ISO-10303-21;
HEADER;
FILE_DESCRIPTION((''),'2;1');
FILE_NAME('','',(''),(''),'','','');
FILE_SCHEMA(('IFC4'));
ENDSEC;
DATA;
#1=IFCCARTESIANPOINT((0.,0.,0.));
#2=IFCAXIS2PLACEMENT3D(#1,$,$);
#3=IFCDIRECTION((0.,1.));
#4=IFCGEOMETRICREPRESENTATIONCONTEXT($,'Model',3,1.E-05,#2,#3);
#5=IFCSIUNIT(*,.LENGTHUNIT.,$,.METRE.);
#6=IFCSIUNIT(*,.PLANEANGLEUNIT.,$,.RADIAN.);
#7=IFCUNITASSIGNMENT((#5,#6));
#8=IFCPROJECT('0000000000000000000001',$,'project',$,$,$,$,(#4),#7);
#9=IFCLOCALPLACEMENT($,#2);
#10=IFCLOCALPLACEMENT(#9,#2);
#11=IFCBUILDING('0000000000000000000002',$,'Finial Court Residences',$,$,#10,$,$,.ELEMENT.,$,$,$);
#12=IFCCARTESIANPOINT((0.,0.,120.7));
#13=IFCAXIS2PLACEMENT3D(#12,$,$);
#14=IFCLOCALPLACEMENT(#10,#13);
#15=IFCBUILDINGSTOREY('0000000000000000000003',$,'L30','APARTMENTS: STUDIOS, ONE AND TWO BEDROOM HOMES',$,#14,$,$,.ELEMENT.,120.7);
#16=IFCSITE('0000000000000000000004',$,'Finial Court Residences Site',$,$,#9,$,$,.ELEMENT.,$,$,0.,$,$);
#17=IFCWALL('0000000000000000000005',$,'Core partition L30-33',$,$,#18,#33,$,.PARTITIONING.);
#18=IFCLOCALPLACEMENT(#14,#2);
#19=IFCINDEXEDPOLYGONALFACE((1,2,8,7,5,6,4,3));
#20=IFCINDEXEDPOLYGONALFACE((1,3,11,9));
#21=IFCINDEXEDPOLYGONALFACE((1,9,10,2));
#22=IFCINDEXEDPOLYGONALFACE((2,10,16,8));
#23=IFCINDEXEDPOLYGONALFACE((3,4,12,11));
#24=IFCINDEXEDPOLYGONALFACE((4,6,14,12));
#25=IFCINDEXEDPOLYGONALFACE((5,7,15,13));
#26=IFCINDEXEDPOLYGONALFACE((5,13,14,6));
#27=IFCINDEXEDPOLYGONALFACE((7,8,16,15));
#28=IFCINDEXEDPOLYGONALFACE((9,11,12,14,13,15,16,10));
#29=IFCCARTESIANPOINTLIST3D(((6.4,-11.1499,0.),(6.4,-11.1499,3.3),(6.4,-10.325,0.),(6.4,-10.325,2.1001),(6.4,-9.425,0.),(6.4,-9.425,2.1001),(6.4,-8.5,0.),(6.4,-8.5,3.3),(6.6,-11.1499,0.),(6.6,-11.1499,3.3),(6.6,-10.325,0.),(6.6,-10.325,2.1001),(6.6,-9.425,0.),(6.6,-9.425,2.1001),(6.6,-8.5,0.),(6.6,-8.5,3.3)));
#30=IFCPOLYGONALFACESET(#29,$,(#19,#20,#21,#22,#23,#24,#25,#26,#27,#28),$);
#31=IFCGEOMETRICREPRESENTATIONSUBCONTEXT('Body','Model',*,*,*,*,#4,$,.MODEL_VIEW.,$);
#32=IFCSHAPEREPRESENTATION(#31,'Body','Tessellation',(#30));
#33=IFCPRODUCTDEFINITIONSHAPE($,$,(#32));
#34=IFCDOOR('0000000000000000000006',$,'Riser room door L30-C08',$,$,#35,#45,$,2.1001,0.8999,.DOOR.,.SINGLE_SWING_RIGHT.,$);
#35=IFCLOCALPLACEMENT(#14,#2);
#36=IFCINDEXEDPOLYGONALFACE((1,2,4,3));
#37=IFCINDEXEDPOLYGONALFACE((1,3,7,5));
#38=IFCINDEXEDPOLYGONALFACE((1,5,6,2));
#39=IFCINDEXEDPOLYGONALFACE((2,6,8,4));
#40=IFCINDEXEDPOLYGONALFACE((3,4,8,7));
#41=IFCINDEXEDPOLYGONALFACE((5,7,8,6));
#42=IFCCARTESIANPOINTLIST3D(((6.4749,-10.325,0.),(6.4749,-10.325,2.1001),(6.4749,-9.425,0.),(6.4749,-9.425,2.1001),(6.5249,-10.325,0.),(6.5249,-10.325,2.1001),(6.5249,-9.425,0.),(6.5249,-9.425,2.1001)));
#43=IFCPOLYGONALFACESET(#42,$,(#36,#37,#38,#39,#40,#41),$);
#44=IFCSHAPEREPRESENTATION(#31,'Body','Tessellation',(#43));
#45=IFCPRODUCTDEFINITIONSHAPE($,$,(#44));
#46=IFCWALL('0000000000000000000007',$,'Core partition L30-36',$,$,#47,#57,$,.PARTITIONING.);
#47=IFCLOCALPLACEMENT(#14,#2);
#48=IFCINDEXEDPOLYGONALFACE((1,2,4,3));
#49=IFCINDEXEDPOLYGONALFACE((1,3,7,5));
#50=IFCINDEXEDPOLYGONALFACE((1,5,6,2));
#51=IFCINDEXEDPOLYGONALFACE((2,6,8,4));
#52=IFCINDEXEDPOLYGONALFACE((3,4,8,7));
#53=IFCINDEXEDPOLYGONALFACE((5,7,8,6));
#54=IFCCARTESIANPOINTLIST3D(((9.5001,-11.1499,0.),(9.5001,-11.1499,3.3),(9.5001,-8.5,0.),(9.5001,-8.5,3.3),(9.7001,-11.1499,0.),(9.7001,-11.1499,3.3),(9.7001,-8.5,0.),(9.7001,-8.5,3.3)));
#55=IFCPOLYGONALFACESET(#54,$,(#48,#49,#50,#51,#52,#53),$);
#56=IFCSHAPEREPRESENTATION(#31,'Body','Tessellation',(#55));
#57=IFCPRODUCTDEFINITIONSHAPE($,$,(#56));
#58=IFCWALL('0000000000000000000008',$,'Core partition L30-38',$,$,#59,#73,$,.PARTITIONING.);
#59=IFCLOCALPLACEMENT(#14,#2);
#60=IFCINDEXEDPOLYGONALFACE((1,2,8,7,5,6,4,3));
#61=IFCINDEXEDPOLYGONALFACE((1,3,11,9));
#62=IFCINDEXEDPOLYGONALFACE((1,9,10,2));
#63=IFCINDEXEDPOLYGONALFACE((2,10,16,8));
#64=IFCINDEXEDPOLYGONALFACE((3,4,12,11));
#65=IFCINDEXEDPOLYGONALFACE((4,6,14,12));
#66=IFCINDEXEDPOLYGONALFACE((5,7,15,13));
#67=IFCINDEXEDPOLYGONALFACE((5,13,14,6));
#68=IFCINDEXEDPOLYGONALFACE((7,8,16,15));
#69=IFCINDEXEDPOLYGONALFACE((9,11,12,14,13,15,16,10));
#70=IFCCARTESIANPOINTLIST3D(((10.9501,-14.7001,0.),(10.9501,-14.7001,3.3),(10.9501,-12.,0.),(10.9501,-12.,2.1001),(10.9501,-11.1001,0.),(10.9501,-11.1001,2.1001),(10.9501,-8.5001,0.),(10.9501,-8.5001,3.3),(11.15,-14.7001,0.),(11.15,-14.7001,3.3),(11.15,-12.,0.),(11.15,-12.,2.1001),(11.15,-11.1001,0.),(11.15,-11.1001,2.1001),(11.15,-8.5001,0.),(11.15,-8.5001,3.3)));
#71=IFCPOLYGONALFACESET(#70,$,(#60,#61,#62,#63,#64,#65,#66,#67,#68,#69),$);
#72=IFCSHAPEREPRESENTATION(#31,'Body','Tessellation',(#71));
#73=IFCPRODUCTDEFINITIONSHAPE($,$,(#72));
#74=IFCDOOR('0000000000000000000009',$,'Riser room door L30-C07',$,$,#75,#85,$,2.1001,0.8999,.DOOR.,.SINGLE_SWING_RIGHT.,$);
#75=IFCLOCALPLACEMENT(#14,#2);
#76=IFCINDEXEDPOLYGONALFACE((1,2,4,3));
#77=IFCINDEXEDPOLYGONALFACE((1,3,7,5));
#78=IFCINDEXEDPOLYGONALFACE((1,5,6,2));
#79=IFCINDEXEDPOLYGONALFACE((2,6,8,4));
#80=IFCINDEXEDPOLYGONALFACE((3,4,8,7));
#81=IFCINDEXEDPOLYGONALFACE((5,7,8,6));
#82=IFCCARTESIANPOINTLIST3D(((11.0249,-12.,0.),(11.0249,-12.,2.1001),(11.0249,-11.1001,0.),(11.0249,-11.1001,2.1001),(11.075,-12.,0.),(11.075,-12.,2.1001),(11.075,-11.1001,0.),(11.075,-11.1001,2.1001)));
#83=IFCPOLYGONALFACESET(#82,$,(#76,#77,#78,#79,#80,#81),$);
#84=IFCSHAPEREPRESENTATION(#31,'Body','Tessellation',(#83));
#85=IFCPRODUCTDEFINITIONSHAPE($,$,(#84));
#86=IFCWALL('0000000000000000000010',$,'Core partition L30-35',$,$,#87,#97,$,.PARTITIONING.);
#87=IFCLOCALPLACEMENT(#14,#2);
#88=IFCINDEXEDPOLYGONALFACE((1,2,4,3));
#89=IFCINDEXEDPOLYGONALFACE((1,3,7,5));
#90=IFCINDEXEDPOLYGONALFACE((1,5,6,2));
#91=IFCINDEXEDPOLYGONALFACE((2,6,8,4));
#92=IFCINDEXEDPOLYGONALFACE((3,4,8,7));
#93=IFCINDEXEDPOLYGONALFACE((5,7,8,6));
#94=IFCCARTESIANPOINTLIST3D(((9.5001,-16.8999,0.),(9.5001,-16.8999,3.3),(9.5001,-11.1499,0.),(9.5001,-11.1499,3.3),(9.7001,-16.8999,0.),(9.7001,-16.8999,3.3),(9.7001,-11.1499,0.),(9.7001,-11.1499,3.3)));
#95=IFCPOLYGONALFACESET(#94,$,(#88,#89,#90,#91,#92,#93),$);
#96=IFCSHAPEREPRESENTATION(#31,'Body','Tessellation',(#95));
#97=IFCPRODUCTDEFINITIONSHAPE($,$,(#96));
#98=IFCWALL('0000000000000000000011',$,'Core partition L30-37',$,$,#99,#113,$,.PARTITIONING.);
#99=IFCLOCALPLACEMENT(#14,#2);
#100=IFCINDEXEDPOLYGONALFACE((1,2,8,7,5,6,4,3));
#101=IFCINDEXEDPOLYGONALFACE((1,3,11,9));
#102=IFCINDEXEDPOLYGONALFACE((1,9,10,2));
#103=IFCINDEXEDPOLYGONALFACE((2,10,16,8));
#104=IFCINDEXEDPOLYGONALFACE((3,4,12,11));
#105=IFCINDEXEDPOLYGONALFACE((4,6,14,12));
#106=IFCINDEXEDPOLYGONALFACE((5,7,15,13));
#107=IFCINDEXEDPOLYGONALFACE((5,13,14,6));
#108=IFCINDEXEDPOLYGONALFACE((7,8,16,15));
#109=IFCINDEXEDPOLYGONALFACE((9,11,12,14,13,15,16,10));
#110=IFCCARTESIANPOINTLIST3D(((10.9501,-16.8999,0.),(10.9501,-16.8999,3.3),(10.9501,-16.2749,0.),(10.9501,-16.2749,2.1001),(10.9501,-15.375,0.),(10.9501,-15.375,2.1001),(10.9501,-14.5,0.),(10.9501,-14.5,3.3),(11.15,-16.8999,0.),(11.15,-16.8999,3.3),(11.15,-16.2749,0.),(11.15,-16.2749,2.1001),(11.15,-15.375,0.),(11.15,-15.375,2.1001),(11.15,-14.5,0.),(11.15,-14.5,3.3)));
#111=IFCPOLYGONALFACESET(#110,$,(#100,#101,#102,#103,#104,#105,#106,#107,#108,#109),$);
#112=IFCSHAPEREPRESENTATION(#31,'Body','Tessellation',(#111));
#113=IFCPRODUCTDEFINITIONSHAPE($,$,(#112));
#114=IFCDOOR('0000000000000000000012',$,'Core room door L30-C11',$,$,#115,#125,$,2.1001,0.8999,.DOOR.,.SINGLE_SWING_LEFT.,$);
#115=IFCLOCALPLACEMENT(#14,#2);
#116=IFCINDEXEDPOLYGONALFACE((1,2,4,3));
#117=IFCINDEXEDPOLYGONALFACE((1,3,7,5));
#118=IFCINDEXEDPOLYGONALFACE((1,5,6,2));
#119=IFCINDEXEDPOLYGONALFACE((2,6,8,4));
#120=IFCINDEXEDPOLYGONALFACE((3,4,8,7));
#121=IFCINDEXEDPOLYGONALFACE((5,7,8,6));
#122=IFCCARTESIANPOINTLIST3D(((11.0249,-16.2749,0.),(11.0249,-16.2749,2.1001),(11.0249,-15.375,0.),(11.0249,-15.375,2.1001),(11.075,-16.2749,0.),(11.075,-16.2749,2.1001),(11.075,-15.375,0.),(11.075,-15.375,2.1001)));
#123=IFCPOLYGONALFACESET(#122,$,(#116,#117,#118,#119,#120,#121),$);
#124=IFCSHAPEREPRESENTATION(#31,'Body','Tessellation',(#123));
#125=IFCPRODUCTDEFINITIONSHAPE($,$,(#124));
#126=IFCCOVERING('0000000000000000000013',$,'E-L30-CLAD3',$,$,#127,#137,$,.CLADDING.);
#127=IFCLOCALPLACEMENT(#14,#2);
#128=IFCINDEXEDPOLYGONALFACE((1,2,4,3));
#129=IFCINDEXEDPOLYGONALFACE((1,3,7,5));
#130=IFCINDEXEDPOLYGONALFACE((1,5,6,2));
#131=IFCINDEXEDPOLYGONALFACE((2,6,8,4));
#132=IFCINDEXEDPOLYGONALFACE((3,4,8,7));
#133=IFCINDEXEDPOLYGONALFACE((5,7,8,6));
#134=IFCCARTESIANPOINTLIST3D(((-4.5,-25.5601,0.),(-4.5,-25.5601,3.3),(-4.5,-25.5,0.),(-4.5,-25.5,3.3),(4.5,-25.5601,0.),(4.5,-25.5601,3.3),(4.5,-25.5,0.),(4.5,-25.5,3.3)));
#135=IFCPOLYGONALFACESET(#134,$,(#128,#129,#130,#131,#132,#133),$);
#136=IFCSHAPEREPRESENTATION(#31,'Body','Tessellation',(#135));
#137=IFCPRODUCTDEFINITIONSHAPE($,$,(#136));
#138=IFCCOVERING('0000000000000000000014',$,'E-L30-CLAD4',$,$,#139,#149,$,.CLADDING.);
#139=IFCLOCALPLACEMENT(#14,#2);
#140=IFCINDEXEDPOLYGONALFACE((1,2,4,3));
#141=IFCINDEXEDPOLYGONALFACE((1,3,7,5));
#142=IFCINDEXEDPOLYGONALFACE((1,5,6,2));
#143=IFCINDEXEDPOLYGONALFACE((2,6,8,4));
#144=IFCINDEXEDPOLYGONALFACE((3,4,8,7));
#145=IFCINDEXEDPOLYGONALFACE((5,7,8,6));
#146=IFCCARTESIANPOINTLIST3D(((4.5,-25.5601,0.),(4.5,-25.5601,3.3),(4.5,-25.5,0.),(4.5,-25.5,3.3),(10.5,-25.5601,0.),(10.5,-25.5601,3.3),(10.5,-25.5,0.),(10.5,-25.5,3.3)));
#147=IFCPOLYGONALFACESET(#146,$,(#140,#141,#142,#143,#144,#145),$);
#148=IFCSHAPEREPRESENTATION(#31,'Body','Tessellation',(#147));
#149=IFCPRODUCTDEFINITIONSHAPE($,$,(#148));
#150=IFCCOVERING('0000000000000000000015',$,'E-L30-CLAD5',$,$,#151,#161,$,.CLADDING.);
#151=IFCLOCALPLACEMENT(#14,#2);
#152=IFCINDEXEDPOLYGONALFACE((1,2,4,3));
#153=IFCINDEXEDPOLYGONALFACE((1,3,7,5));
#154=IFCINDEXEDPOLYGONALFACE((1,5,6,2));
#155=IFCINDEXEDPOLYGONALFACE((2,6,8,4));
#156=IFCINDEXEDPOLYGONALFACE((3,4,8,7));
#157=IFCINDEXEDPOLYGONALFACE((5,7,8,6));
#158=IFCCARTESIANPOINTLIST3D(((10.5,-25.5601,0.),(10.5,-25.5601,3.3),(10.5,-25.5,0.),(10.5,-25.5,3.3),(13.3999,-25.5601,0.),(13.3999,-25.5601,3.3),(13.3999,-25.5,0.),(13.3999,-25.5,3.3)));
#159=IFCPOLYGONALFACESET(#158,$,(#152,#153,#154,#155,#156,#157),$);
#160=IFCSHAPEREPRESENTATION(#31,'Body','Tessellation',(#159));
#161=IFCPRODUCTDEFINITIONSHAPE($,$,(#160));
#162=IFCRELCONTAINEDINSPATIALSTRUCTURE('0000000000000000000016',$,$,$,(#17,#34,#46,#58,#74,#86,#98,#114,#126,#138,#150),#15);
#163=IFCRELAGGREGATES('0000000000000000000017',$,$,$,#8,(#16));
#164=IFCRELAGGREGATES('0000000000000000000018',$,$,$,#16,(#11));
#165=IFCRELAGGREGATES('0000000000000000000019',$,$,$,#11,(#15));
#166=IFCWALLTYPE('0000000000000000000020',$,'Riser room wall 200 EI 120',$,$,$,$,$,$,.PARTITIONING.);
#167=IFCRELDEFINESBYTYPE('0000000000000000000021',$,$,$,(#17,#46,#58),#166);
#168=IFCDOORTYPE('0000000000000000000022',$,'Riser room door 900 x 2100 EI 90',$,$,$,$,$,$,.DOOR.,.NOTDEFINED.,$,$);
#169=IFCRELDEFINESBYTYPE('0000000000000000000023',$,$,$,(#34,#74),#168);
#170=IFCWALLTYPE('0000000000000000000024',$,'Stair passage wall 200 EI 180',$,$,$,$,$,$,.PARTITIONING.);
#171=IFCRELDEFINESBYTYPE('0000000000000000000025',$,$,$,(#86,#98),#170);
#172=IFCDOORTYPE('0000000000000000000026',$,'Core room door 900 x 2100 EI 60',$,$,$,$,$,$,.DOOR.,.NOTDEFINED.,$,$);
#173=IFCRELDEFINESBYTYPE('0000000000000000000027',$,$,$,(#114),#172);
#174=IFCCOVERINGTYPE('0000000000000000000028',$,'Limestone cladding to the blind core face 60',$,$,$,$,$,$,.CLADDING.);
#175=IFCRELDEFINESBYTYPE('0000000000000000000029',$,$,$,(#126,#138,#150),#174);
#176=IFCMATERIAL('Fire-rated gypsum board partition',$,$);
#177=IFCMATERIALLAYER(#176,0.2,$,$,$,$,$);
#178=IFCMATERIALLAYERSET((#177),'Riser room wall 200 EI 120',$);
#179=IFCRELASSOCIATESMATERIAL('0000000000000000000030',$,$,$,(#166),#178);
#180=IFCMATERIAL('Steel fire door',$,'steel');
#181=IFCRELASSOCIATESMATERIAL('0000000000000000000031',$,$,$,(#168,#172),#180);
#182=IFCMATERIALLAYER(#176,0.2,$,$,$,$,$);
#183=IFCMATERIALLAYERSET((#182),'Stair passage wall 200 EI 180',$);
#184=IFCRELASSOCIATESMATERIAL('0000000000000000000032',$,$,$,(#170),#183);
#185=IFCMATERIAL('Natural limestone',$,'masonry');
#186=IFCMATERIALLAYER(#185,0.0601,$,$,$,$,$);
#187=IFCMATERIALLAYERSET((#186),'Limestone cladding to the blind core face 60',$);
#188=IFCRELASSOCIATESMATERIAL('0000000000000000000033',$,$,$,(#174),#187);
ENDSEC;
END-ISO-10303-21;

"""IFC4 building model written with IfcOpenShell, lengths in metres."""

from ifc_helpers import new_model, si_unit, direction, frame, frame_2d, origin, place, context, subcontext, project, spatial, polyline, rectangle, outline, extrude, material, layer, layer_set, type_object, element, fill, save


model = new_model("IFC4")

# Units and contexts
model_context = context("Model", 3, precision=1e-05, world=origin(), true_north=direction((0.0, 1.0)))
body_context = subcontext(model_context, "Body", "Model", "MODEL_VIEW")
ifc_project = project(units=[si_unit("LENGTHUNIT", "METRE"), si_unit("PLANEANGLEUNIT", "RADIAN")], contexts=[model_context])

# Site, building, storey
site_placement = place(None, origin())
site = spatial("IfcSite", under=ifc_project, at=site_placement, Name="Finial Court Residences Site", CompositionType="ELEMENT", RefElevation=0.0)
building_placement = place(site_placement, origin())
building = spatial("IfcBuilding", under=site, at=building_placement, Name="Finial Court Residences", CompositionType="ELEMENT")
storey_placement = place(building_placement, frame((0.0, 0.0, 120.7)))
storey = spatial("IfcBuildingStorey", under=building, at=storey_placement, Name="L30", Description="APARTMENTS: STUDIOS, ONE AND TWO BEDROOM HOMES", CompositionType="ELEMENT", Elevation=120.7)

# Shared definitions
ifc_material_1 = material(Name="Fire-rated gypsum board partition")

# Shared definitions
ifc_material_2 = material(Name="Steel fire door", Category="steel")

# Shared definitions
ifc_layer_1 = layer(ifc_material_1, 0.2)
ifc_layer_set_1 = layer_set([ifc_layer_1], Name="Riser room wall 200 EI 120")
wall_type_1 = type_object("IfcWallType", Name="Riser room wall 200 EI 120", PredefinedType="PARTITIONING", material=ifc_layer_set_1)

# Wall, opening, door
wall_1_placement = place(storey_placement, frame((6.5, -8.5, 0.0), z_axis=(0.0, 0.0, 1.0), x_axis=(0.0, -1.0, 0.0)))
wall_1 = element("IfcWall", 1, at=wall_1_placement, inside=storey, type_object=wall_type_1, Name="Core partition L30-33", PredefinedType="PARTITIONING", context=body_context, shape_type="SweptSolid", body=[
    extrude(rectangle(XDim=2.6499, YDim=0.2, at=frame_2d((1.325, 0.0))), origin(), (0.0, 0.0, 1.0), 3.3),
])
opening_1_placement = place(wall_1_placement, frame((0.925, 0.0, 0.0)))
opening_1 = element("IfcOpeningElement", 2, at=opening_1_placement, cuts=wall_1, PredefinedType="OPENING", context=body_context, shape_type="SweptSolid", body=[
    extrude(rectangle(XDim=0.8999, YDim=2.1001, at=frame_2d((0.45, 1.05))), frame((0.0, 0.1099, 0.0), z_axis=(0.0, -1.0, 0.0), x_axis=(1.0, 0.0, 0.0)), (0.0, 0.0, 1.0), 0.22),
])
door_type_1 = type_object("IfcDoorType", Name="Riser room door 900 x 2100 EI 90", OperationType="NOTDEFINED", PredefinedType="DOOR", material=ifc_material_2)
door_1_placement = place(opening_1_placement, origin())
door_1 = element("IfcDoor", 3, at=door_1_placement, inside=storey, type_object=door_type_1, Name="Riser room door L30-C08", OperationType="SINGLE_SWING_RIGHT", OverallHeight=2.1001, OverallWidth=0.8999, PredefinedType="DOOR", context=body_context, shape_type="SweptSolid", body=[
    extrude(rectangle(XDim=0.8999, YDim=2.1001, at=frame_2d((0.45, 1.05))), frame((0.0, 0.0249, 0.0), z_axis=(0.0, -1.0, 0.0), x_axis=(1.0, 0.0, 0.0)), (0.0, 0.0, 1.0), 0.05),
])
fill(opening_1, door_1)

# Wall
wall_2_placement = place(storey_placement, frame((9.6001, -11.1499, 0.0), z_axis=(0.0, 0.0, 1.0), x_axis=(0.0, 1.0, 0.0)))
element("IfcWall", 4, at=wall_2_placement, inside=storey, type_object=wall_type_1, Name="Core partition L30-36", PredefinedType="PARTITIONING", context=body_context, shape_type="SweptSolid", body=[
    extrude(rectangle(XDim=2.6499, YDim=0.2, at=frame_2d((1.325, 0.0))), origin(), (0.0, 0.0, 1.0), 3.3),
])

# Wall, opening, door
wall_3_placement = place(storey_placement, frame((11.05, -8.5, 0.0), z_axis=(0.0, 0.0, 1.0), x_axis=(0.0, -1.0, 0.0)))
wall_3 = element("IfcWall", 5, at=wall_3_placement, inside=storey, type_object=wall_type_1, Name="Core partition L30-38", PredefinedType="PARTITIONING", context=body_context, shape_type="SweptSolid", body=[
    extrude(rectangle(XDim=6.2, YDim=0.2, at=frame_2d((3.1001, 0.0))), origin(), (0.0, 0.0, 1.0), 3.3),
])
opening_2_placement = place(wall_3_placement, frame((2.6001, 0.0, 0.0)))
opening_2 = element("IfcOpeningElement", 6, at=opening_2_placement, cuts=wall_3, PredefinedType="OPENING", context=body_context, shape_type="SweptSolid", body=[
    extrude(rectangle(XDim=0.8999, YDim=2.1001, at=frame_2d((0.45, 1.05))), frame((0.0, 0.1099, 0.0), z_axis=(0.0, -1.0, 0.0), x_axis=(1.0, 0.0, 0.0)), (0.0, 0.0, 1.0), 0.22),
])
door_2_placement = place(opening_2_placement, origin())
door_2 = element("IfcDoor", 7, at=door_2_placement, inside=storey, type_object=door_type_1, Name="Riser room door L30-C07", OperationType="SINGLE_SWING_RIGHT", OverallHeight=2.1001, OverallWidth=0.8999, PredefinedType="DOOR", context=body_context, shape_type="SweptSolid", body=[
    extrude(rectangle(XDim=0.8999, YDim=2.1001, at=frame_2d((0.45, 1.05))), frame((0.0, 0.0249, 0.0), z_axis=(0.0, -1.0, 0.0), x_axis=(1.0, 0.0, 0.0)), (0.0, 0.0, 1.0), 0.05),
])
fill(opening_2, door_2)

# Wall
ifc_layer_2 = layer(ifc_material_1, 0.2)
ifc_layer_set_2 = layer_set([ifc_layer_2], Name="Stair passage wall 200 EI 180")
wall_type_2 = type_object("IfcWallType", Name="Stair passage wall 200 EI 180", PredefinedType="PARTITIONING", material=ifc_layer_set_2)
wall_4_placement = place(storey_placement, frame((9.6001, -16.8999, 0.0), z_axis=(0.0, 0.0, 1.0), x_axis=(0.0, 1.0, 0.0)))
element("IfcWall", 8, at=wall_4_placement, inside=storey, type_object=wall_type_2, Name="Core partition L30-35", PredefinedType="PARTITIONING", context=body_context, shape_type="SweptSolid", body=[
    extrude(rectangle(XDim=5.75, YDim=0.2, at=frame_2d((2.875, 0.0))), origin(), (0.0, 0.0, 1.0), 3.3),
])

# Wall, opening, door
wall_5_placement = place(storey_placement, frame((11.05, -14.5, 0.0), z_axis=(0.0, 0.0, 1.0), x_axis=(0.0, -1.0, 0.0)))
wall_5 = element("IfcWall", 9, at=wall_5_placement, inside=storey, type_object=wall_type_2, Name="Core partition L30-37", PredefinedType="PARTITIONING", context=body_context, shape_type="SweptSolid", body=[
    extrude(rectangle(XDim=2.3999, YDim=0.2, at=frame_2d((1.2, 0.0))), origin(), (0.0, 0.0, 1.0), 3.3),
])
opening_3_placement = place(wall_5_placement, frame((0.875, 0.0, 0.0)))
opening_3 = element("IfcOpeningElement", 10, at=opening_3_placement, cuts=wall_5, PredefinedType="OPENING", context=body_context, shape_type="SweptSolid", body=[
    extrude(rectangle(XDim=0.8999, YDim=2.1001, at=frame_2d((0.45, 1.05))), frame((0.0, 0.1099, 0.0), z_axis=(0.0, -1.0, 0.0), x_axis=(1.0, 0.0, 0.0)), (0.0, 0.0, 1.0), 0.22),
])
door_type_2 = type_object("IfcDoorType", Name="Core room door 900 x 2100 EI 60", OperationType="NOTDEFINED", PredefinedType="DOOR", material=ifc_material_2)
door_3_placement = place(opening_3_placement, origin())
door_3 = element("IfcDoor", 11, at=door_3_placement, inside=storey, type_object=door_type_2, Name="Core room door L30-C11", OperationType="SINGLE_SWING_LEFT", OverallHeight=2.1001, OverallWidth=0.8999, PredefinedType="DOOR", context=body_context, shape_type="SweptSolid", body=[
    extrude(rectangle(XDim=0.8999, YDim=2.1001, at=frame_2d((0.45, 1.05))), frame((0.0, 0.0249, 0.0), z_axis=(0.0, -1.0, 0.0), x_axis=(1.0, 0.0, 0.0)), (0.0, 0.0, 1.0), 0.05),
])
fill(opening_3, door_3)

# Coverings
ifc_material_3 = material(Name="Natural limestone", Category="masonry")
ifc_layer_3 = layer(ifc_material_3, 0.0601)
ifc_layer_set_3 = layer_set([ifc_layer_3], Name="Limestone cladding to the blind core face 60")
covering_type = type_object("IfcCoveringType", Name="Limestone cladding to the blind core face 60", PredefinedType="CLADDING", material=ifc_layer_set_3)
covering_1_placement = place(storey_placement, origin())
element("IfcCovering", 12, at=covering_1_placement, inside=storey, type_object=covering_type, Name="E-L30-CLAD3", PredefinedType="CLADDING", context=body_context, shape_type="SweptSolid", body=[
    extrude(outline(polyline([(4.5, -25.5601), (4.5, -25.5), (-4.5, -25.5), (-4.5, -25.5601), (4.5, -25.5601)])), origin(), (0.0, 0.0, 1.0), 3.3),
])
covering_2_placement = place(storey_placement, origin())
element("IfcCovering", 13, at=covering_2_placement, inside=storey, type_object=covering_type, Name="E-L30-CLAD4", PredefinedType="CLADDING", context=body_context, shape_type="SweptSolid", body=[
    extrude(outline(polyline([(10.5, -25.5601), (10.5, -25.5), (4.5, -25.5), (4.5, -25.5601), (10.5, -25.5601)])), origin(), (0.0, 0.0, 1.0), 3.3),
])
covering_3_placement = place(storey_placement, origin())
element("IfcCovering", 14, at=covering_3_placement, inside=storey, type_object=covering_type, Name="E-L30-CLAD5", PredefinedType="CLADDING", context=body_context, shape_type="SweptSolid", body=[
    extrude(outline(polyline([(13.3999, -25.5601), (13.3999, -25.5), (10.5, -25.5), (10.5, -25.5601), (13.3999, -25.5601)])), origin(), (0.0, 0.0, 1.0), 3.3),
])

save(model, "model.ifc")
